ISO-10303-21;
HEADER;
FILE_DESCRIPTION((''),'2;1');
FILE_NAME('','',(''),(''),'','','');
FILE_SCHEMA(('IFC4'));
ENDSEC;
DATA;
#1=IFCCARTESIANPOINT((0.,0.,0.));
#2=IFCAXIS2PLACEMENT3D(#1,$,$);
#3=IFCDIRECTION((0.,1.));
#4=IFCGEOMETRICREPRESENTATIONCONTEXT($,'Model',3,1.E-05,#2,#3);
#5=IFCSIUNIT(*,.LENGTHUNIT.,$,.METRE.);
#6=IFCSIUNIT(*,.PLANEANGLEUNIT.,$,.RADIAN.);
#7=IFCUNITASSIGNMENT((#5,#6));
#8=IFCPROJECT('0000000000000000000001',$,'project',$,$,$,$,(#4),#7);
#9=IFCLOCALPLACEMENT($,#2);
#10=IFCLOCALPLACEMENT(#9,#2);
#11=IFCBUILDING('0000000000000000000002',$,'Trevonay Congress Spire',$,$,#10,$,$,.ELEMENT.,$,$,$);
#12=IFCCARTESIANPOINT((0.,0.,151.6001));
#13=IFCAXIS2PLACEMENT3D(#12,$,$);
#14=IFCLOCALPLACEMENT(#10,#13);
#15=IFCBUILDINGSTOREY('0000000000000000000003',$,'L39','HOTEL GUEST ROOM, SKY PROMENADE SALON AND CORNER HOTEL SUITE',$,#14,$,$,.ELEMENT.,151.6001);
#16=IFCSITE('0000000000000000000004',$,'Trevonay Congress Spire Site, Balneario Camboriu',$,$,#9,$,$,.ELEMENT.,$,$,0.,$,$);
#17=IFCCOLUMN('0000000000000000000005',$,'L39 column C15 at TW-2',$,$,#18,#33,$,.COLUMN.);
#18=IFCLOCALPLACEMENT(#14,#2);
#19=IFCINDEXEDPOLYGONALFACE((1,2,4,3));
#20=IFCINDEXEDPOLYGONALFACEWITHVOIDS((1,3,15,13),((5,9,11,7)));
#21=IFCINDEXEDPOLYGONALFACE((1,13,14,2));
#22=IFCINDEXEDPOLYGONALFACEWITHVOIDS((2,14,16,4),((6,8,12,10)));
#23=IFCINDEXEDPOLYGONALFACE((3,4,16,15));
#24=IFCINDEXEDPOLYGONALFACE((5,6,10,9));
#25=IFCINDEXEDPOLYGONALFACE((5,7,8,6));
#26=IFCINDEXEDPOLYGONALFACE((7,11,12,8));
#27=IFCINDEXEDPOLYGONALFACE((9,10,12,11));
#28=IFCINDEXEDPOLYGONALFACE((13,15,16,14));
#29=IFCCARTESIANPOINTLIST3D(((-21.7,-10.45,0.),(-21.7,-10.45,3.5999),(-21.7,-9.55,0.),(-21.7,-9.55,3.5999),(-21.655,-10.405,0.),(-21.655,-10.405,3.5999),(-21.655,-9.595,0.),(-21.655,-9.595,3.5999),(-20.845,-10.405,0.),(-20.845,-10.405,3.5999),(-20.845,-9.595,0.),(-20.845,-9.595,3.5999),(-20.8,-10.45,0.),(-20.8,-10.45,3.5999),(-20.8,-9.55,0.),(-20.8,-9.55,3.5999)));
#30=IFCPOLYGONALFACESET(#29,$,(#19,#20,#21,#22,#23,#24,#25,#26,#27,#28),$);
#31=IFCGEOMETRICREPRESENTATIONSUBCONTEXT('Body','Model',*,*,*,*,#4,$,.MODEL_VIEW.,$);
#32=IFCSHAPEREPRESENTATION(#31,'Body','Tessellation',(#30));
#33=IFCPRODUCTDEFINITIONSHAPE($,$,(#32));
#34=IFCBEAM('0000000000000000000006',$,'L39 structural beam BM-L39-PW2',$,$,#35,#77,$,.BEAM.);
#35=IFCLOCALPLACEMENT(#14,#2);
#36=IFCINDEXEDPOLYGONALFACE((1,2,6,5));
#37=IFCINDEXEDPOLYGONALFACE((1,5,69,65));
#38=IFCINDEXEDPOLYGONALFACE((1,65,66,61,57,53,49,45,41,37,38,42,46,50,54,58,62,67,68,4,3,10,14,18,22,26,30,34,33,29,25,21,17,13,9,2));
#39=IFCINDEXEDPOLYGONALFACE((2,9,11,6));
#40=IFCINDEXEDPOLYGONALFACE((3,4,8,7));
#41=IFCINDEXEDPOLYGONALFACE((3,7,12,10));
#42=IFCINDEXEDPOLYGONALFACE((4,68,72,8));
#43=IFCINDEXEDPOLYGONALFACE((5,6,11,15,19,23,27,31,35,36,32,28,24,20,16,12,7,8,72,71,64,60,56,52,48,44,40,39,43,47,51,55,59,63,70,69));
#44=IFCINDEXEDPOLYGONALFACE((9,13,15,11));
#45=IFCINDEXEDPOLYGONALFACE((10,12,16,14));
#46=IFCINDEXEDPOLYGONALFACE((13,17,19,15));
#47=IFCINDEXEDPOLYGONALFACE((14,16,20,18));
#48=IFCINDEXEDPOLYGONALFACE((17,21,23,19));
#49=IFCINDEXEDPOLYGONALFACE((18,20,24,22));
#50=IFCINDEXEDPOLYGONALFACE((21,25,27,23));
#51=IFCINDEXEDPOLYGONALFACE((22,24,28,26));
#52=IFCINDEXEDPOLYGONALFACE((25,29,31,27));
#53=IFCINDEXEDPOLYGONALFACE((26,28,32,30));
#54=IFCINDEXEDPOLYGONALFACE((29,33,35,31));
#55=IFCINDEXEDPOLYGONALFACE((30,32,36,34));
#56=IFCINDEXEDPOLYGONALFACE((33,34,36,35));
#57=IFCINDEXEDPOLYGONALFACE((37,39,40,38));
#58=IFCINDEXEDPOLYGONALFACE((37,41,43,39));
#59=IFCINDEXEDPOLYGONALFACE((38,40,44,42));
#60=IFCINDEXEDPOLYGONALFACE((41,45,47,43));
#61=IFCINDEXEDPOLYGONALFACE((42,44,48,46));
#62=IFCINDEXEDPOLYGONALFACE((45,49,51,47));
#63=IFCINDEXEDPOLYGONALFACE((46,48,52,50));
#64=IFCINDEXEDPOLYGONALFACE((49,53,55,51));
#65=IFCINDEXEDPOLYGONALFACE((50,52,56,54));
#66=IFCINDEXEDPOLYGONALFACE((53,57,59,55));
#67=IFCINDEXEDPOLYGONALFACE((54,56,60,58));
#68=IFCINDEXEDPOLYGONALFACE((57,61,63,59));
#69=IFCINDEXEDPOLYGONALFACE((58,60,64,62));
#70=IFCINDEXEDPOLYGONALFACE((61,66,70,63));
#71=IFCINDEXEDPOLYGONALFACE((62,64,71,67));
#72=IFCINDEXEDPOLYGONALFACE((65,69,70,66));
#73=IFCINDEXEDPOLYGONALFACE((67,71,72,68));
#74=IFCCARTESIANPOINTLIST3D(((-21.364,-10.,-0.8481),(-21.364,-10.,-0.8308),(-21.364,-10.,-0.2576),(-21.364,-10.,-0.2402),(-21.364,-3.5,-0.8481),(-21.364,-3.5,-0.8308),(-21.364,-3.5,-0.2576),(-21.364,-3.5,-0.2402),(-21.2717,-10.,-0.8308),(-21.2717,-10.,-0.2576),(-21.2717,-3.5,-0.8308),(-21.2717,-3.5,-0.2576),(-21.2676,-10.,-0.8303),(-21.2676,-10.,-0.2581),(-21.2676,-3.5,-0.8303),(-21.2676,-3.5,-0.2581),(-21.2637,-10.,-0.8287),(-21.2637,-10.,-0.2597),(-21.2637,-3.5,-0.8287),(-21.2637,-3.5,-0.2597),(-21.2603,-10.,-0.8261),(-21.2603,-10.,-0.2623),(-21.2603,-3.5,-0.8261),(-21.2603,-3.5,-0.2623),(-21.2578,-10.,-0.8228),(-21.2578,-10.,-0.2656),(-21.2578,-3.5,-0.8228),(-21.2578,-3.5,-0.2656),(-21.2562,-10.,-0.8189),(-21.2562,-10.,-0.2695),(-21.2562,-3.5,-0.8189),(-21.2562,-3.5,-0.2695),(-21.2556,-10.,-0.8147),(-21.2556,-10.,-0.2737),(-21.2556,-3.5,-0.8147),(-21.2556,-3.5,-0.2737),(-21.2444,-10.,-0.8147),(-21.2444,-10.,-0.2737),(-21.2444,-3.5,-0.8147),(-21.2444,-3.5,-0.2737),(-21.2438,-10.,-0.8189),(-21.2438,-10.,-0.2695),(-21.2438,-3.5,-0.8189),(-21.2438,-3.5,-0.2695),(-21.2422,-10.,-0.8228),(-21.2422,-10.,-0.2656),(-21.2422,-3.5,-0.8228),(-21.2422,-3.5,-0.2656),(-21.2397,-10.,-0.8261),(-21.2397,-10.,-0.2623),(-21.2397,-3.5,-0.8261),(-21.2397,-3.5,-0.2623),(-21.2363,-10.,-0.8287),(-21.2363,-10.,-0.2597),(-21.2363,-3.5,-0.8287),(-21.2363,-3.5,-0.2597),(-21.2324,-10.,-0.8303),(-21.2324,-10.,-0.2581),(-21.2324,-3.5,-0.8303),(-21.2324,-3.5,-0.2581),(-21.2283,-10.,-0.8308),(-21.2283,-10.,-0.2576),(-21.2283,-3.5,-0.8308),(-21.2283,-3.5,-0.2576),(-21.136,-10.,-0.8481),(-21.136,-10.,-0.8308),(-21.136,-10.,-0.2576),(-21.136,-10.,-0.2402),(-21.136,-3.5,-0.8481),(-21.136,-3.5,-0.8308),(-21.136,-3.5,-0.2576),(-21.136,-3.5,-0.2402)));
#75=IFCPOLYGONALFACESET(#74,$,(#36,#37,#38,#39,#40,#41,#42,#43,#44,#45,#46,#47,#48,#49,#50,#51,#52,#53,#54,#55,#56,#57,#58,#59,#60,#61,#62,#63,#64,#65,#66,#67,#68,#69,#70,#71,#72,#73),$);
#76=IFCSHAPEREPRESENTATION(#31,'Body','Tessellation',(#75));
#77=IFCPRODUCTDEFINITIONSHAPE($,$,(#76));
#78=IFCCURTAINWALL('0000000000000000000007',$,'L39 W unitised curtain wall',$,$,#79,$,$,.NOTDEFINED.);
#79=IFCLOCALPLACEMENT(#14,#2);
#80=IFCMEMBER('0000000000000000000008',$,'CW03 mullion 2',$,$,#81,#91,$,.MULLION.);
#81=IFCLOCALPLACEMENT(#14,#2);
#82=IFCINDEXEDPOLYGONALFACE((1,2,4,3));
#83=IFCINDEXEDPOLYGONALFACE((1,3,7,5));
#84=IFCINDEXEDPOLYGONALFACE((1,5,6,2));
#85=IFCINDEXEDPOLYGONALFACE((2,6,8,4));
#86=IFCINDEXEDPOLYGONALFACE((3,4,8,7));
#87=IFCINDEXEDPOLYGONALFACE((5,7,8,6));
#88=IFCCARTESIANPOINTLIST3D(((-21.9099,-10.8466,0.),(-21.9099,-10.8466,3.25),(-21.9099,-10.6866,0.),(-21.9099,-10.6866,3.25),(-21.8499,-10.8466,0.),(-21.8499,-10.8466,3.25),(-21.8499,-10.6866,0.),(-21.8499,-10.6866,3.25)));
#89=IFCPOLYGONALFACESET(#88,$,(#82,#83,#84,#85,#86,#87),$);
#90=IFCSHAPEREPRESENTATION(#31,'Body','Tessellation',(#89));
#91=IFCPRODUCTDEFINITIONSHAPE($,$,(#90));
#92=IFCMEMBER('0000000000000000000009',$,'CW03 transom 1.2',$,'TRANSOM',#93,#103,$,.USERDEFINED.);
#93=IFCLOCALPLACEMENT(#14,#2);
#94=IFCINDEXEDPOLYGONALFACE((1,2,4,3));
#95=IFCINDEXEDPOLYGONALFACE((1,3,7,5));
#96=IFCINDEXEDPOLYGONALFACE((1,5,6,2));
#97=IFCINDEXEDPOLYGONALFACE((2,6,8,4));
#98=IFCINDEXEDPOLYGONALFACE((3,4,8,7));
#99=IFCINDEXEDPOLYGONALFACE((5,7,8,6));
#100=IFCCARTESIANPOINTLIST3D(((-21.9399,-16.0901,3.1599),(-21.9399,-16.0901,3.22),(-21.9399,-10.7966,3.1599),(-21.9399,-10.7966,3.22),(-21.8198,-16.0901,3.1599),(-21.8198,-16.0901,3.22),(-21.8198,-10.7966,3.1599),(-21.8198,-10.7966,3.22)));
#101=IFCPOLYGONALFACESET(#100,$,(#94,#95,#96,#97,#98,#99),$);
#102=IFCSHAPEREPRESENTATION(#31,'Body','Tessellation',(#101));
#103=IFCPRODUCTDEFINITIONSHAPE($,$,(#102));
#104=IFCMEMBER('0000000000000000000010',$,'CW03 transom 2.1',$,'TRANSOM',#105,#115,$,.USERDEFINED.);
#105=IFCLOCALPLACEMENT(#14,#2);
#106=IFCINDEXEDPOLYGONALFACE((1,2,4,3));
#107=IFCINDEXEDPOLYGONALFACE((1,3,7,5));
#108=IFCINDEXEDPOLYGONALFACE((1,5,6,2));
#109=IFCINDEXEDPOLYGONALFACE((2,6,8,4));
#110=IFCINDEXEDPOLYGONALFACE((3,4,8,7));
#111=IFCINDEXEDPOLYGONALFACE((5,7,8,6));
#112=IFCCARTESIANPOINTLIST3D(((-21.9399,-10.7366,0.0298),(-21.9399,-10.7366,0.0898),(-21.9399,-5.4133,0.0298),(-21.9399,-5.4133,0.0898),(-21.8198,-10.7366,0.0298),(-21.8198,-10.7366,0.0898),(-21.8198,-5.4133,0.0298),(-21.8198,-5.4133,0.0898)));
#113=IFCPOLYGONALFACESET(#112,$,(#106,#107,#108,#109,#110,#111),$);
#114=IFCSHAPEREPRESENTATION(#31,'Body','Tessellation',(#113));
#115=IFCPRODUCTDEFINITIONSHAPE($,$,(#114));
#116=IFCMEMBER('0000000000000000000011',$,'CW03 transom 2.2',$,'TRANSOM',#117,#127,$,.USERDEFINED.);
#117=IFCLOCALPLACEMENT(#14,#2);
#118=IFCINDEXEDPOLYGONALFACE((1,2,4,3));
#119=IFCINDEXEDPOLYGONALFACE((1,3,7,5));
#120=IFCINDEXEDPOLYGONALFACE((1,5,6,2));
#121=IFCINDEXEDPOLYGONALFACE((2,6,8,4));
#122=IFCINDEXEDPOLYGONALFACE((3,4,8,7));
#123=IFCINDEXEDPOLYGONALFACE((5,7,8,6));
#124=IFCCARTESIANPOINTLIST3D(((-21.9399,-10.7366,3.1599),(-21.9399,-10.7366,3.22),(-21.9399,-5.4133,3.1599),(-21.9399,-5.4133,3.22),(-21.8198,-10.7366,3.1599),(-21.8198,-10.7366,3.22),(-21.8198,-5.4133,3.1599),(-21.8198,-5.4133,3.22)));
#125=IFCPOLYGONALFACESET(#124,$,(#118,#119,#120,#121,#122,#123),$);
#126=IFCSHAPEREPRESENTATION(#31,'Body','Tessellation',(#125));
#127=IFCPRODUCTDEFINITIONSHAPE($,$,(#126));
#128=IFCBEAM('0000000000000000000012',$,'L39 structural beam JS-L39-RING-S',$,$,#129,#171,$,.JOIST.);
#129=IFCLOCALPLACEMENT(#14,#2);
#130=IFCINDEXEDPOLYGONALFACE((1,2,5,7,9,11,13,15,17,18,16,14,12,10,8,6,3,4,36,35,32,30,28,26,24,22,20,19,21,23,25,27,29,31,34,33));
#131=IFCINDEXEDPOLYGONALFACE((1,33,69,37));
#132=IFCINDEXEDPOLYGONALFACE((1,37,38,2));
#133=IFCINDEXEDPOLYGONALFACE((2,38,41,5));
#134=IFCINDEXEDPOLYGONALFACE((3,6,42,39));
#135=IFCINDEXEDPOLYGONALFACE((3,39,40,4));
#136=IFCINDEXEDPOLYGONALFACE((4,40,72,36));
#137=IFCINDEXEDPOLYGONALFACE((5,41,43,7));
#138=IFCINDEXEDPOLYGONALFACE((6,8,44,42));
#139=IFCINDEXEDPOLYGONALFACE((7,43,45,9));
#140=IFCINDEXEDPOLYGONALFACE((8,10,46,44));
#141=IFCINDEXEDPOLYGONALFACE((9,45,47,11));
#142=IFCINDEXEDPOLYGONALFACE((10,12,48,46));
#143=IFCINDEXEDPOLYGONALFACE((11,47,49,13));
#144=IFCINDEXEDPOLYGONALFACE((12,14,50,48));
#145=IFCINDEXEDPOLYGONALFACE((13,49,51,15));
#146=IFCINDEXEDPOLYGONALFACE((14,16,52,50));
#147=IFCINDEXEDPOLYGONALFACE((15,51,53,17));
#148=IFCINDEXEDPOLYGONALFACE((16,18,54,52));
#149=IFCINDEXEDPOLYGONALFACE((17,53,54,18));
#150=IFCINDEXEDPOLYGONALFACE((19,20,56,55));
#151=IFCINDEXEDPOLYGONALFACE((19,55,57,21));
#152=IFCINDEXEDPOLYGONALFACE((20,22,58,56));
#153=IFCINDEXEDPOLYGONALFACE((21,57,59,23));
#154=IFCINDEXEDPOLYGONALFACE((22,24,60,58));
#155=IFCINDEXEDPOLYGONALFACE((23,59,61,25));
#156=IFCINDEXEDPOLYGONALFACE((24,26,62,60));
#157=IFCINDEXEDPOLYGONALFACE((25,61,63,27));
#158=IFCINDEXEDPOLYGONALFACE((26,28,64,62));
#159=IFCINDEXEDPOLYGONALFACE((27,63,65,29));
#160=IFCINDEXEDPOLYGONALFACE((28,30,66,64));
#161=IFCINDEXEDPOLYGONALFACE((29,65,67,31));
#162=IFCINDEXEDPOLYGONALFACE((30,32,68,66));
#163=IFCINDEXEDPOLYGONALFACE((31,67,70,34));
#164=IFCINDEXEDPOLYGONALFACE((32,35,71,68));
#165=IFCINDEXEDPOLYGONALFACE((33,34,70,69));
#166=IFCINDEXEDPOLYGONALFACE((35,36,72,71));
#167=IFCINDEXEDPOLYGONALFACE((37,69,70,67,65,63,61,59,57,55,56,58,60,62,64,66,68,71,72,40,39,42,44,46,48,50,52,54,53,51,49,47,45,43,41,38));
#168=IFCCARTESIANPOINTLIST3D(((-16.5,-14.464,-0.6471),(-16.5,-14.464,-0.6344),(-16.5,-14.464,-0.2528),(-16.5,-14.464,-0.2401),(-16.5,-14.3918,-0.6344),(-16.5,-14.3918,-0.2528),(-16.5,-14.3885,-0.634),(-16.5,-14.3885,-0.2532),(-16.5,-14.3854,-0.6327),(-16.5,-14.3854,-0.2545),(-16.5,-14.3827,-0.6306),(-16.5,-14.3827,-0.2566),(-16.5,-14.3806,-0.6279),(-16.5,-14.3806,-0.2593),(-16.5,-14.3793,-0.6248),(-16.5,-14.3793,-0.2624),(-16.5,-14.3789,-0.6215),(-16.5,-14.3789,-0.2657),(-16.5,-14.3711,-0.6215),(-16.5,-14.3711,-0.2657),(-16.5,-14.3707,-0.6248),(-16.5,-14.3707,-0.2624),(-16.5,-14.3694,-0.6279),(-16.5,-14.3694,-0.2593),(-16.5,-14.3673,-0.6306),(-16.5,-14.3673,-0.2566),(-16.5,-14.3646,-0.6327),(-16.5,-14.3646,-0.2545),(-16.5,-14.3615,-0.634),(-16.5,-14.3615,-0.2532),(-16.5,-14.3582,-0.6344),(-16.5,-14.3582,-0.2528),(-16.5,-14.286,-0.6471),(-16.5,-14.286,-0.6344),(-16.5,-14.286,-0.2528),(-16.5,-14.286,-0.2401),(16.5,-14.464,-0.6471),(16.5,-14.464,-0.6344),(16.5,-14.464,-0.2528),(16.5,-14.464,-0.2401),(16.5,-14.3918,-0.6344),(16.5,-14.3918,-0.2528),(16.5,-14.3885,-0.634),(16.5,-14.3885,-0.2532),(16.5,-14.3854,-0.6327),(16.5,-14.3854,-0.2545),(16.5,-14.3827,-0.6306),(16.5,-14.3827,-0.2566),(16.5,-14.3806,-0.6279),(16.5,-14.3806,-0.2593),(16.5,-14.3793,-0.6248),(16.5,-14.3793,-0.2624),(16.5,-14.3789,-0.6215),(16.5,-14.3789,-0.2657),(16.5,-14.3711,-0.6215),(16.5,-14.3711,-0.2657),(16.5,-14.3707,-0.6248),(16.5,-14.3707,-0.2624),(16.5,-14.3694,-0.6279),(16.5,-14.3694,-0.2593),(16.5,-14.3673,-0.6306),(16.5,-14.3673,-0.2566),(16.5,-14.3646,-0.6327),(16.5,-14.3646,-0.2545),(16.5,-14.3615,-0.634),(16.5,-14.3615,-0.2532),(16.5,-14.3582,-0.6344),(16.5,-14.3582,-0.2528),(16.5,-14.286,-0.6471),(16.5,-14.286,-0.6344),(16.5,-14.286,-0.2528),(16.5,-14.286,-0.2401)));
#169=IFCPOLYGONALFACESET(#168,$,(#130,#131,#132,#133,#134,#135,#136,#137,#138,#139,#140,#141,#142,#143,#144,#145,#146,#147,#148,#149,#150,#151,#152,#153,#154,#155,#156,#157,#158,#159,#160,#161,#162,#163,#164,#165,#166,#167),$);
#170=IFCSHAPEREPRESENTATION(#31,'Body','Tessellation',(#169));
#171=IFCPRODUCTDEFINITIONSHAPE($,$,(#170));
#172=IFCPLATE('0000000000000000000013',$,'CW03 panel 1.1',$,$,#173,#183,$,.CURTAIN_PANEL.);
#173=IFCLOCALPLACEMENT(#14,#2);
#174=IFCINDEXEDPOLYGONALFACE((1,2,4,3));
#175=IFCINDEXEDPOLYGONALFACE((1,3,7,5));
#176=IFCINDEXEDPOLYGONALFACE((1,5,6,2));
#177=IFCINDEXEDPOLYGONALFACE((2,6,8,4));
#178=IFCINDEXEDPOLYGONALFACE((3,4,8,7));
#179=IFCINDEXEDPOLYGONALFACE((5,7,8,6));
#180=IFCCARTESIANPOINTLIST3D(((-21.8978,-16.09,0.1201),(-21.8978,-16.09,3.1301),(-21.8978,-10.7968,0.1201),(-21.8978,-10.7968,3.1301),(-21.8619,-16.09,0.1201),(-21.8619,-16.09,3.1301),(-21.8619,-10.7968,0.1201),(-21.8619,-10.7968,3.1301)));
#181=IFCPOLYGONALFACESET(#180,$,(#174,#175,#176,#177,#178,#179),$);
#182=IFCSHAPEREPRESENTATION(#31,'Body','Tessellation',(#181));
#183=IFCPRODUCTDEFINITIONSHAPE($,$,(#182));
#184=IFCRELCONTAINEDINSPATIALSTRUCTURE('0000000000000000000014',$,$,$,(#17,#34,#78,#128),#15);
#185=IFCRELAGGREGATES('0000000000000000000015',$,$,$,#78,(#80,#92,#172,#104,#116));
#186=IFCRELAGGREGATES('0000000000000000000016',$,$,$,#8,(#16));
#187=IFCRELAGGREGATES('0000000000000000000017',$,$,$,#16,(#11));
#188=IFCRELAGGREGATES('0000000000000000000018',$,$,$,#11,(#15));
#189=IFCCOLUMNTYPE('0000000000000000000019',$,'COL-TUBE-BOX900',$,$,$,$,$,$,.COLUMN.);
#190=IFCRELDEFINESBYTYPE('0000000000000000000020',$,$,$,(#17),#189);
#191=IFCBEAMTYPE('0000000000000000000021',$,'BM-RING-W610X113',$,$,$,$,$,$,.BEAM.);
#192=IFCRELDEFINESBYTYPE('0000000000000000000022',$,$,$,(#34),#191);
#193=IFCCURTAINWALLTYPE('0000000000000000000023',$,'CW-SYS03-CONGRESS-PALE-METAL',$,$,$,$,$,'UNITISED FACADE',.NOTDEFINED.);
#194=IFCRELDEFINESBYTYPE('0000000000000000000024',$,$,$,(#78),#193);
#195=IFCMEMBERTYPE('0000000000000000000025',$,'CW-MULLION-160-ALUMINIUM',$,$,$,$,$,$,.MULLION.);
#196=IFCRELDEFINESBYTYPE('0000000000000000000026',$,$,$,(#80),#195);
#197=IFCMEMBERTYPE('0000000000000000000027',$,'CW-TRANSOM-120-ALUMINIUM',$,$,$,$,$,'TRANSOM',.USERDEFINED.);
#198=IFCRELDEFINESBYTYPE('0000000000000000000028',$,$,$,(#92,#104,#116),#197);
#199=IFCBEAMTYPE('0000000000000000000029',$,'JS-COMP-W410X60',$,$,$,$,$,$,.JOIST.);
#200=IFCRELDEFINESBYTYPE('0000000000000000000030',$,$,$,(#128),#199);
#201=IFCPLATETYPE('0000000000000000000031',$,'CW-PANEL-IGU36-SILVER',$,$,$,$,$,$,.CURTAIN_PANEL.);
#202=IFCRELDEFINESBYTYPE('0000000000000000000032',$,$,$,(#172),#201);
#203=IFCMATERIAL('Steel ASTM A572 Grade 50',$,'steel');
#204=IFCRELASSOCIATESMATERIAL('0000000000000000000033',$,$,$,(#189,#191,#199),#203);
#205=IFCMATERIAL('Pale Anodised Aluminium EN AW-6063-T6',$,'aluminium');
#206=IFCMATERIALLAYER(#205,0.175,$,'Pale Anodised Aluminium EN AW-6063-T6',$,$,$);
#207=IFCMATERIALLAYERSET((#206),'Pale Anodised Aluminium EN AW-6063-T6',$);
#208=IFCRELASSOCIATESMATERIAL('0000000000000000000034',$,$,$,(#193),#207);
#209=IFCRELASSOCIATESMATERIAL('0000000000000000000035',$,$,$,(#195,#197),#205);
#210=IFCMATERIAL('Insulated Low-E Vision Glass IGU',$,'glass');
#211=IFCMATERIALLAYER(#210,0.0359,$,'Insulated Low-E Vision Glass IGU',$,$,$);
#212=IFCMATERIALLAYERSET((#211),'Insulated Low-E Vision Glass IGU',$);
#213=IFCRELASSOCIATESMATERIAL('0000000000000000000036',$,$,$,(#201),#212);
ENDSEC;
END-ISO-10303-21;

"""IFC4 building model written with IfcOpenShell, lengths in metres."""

from ifc_helpers import new_model, si_unit, direction, frame, origin, origin_2d, place, context, subcontext, project, spatial, rectangle, hollow_rectangle, i_section, extrude, material, layer, layer_set, material_profile, profile_set, type_object, element, aggregate, save


model = new_model("IFC4")

# Units and contexts
model_context = context("Model", 3, precision=1e-05, world=origin(), true_north=direction((0.0, 1.0)))
body_context = subcontext(model_context, "Body", "Model", "MODEL_VIEW")
ifc_project = project(units=[si_unit("LENGTHUNIT", "METRE"), si_unit("PLANEANGLEUNIT", "RADIAN")], contexts=[model_context])

# Site, building, storey
site_placement = place(None, origin())
site = spatial("IfcSite", under=ifc_project, at=site_placement, Name="Trevonay Congress Spire Site, Balneario Camboriu", CompositionType="ELEMENT", RefElevation=0.0)
building_placement = place(site_placement, origin())
building = spatial("IfcBuilding", under=site, at=building_placement, Name="Trevonay Congress Spire", CompositionType="ELEMENT")
storey_placement = place(building_placement, frame((0.0, 0.0, 151.6001)))
storey = spatial("IfcBuildingStorey", under=building, at=storey_placement, Name="L39", Description="HOTEL GUEST ROOM, SKY PROMENADE SALON AND CORNER HOTEL SUITE", CompositionType="ELEMENT", Elevation=151.6001)

# Column
ifc_material_1 = material(Name="Steel ASTM A572 Grade 50", Category="steel")
ifc_material_profile_1 = material_profile(ifc_material_1, hollow_rectangle(XDim=0.8999, YDim=0.8999, WallThickness=0.0449, at=origin_2d()), Name="BOX 900x900x45")
ifc_profile_set_1 = profile_set([ifc_material_profile_1], Name="Steel ASTM A572 Grade 50")
column_type = type_object("IfcColumnType", Name="COL-TUBE-BOX900", PredefinedType="COLUMN", material=ifc_profile_set_1)
column_placement = place(storey_placement, frame((-21.25, -10.0, 0.0), z_axis=(0.0, 0.0, 1.0), x_axis=(1.0, 0.0, 0.0)))
element("IfcColumn", 1, at=column_placement, inside=storey, type_object=column_type, Name="L39 column C15 at TW-2", PredefinedType="COLUMN", context=body_context, shape_type="SweptSolid", body=[
    extrude(hollow_rectangle(XDim=0.8999, YDim=0.8999, WallThickness=0.0449, at=origin_2d()), origin(), (0.0, 0.0, 1.0), 3.5999),
])

# Beam
ifc_material_profile_2 = material_profile(ifc_material_1, i_section(OverallWidth=0.228, OverallDepth=0.6079, WebThickness=0.0112, FlangeThickness=0.0173, FilletRadius=0.0161, at=origin_2d()), Name="W610x113")
ifc_profile_set_2 = profile_set([ifc_material_profile_2], Name="Steel ASTM A572 Grade 50")
beam_type_1 = type_object("IfcBeamType", Name="BM-RING-W610X113", PredefinedType="BEAM", material=ifc_profile_set_2)
beam_1_placement = place(storey_placement, frame((-21.25, -10.0, -0.5442), z_axis=(0.0, 1.0, 0.0), x_axis=(-1.0, 0.0, 0.0)))
element("IfcBeam", 2, at=beam_1_placement, inside=storey, type_object=beam_type_1, Name="L39 structural beam BM-L39-PW2", PredefinedType="BEAM", context=body_context, shape_type="SweptSolid", body=[
    extrude(i_section(OverallWidth=0.228, OverallDepth=0.6079, WebThickness=0.0112, FlangeThickness=0.0173, FilletRadius=0.0161, at=origin_2d()), origin(), (0.0, 0.0, 1.0), 6.5),
])

# Curtain wall, members
ifc_material_2 = material(Name="Pale Anodised Aluminium EN AW-6063-T6", Category="aluminium")
ifc_layer_1 = layer(ifc_material_2, 0.175, Name="Pale Anodised Aluminium EN AW-6063-T6")
ifc_layer_set_1 = layer_set([ifc_layer_1], Name="Pale Anodised Aluminium EN AW-6063-T6")
curtain_wall_type = type_object("IfcCurtainWallType", Name="CW-SYS03-CONGRESS-PALE-METAL", ElementType="UNITISED FACADE", PredefinedType="NOTDEFINED", material=ifc_layer_set_1)
curtain_wall_placement = place(storey_placement, origin())
curtain_wall = element("IfcCurtainWall", 3, at=curtain_wall_placement, inside=storey, type_object=curtain_wall_type, Name="L39 W unitised curtain wall", PredefinedType="NOTDEFINED")
ifc_material_profile_3 = material_profile(ifc_material_2, rectangle(XDim=0.0601, YDim=0.1599, at=origin_2d()), Name="CW-MULLION-160-ALUMINIUM")
ifc_profile_set_3 = profile_set([ifc_material_profile_3], Name="Pale Anodised Aluminium EN AW-6063-T6")
member_type_1 = type_object("IfcMemberType", Name="CW-MULLION-160-ALUMINIUM", PredefinedType="MULLION", material=ifc_profile_set_3)
member_1_placement = place(storey_placement, frame((-21.8799, -10.7666, 0.0), z_axis=(0.0, 0.0, 1.0), x_axis=(-1.0, 0.0, 0.0)))
member_1 = element("IfcMember", 4, at=member_1_placement, type_object=member_type_1, Name="CW03 mullion 2", PredefinedType="MULLION", context=body_context, shape_type="SweptSolid", body=[
    extrude(rectangle(XDim=0.0601, YDim=0.1599, at=origin_2d()), origin(), (0.0, 0.0, 1.0), 3.25),
])
ifc_material_profile_4 = material_profile(ifc_material_2, rectangle(XDim=0.1201, YDim=0.0601, at=origin_2d()), Name="CW-TRANSOM-120-ALUMINIUM")
ifc_profile_set_4 = profile_set([ifc_material_profile_4], Name="Pale Anodised Aluminium EN AW-6063-T6")
member_type_2 = type_object("IfcMemberType", Name="CW-TRANSOM-120-ALUMINIUM", ElementType="TRANSOM", PredefinedType="USERDEFINED", material=ifc_profile_set_4)
member_2_placement = place(storey_placement, frame((-21.8799, -16.0901, 3.1899), z_axis=(0.0, 1.0, 0.0), x_axis=(-1.0, 0.0, 0.0)))
member_2 = element("IfcMember", 5, at=member_2_placement, type_object=member_type_2, Name="CW03 transom 1.2", ObjectType="TRANSOM", PredefinedType="USERDEFINED", context=body_context, shape_type="SweptSolid", body=[
    extrude(rectangle(XDim=0.1201, YDim=0.0601, at=origin_2d()), origin(), (0.0, 0.0, 1.0), 5.2935),
])
member_3_placement = place(storey_placement, frame((-21.8799, -10.7366, 0.0598), z_axis=(0.0, 1.0, 0.0), x_axis=(-1.0, 0.0, 0.0)))
member_3 = element("IfcMember", 6, at=member_3_placement, type_object=member_type_2, Name="CW03 transom 2.1", ObjectType="TRANSOM", PredefinedType="USERDEFINED", context=body_context, shape_type="SweptSolid", body=[
    extrude(rectangle(XDim=0.1201, YDim=0.0601, at=origin_2d()), origin(), (0.0, 0.0, 1.0), 5.3232),
])
member_4_placement = place(storey_placement, frame((-21.8799, -10.7366, 3.1899), z_axis=(0.0, 1.0, 0.0), x_axis=(-1.0, 0.0, 0.0)))
member_4 = element("IfcMember", 7, at=member_4_placement, type_object=member_type_2, Name="CW03 transom 2.2", ObjectType="TRANSOM", PredefinedType="USERDEFINED", context=body_context, shape_type="SweptSolid", body=[
    extrude(rectangle(XDim=0.1201, YDim=0.0601, at=origin_2d()), origin(), (0.0, 0.0, 1.0), 5.3232),
])

# Beam
ifc_material_profile_5 = material_profile(ifc_material_1, i_section(OverallWidth=0.178, OverallDepth=0.407, WebThickness=0.0078, FlangeThickness=0.0127, FilletRadius=0.0129, at=origin_2d()), Name="W410x60")
ifc_profile_set_5 = profile_set([ifc_material_profile_5], Name="Steel ASTM A572 Grade 50")
beam_type_2 = type_object("IfcBeamType", Name="JS-COMP-W410X60", PredefinedType="JOIST", material=ifc_profile_set_5)
beam_2_placement = place(storey_placement, frame((-16.5, -14.375, -0.4436), z_axis=(1.0, 0.0, 0.0), x_axis=(0.0, 1.0, 0.0)))
element("IfcBeam", 8, at=beam_2_placement, inside=storey, type_object=beam_type_2, Name="L39 structural beam JS-L39-RING-S", PredefinedType="JOIST", context=body_context, shape_type="SweptSolid", body=[
    extrude(i_section(OverallWidth=0.178, OverallDepth=0.407, WebThickness=0.0078, FlangeThickness=0.0127, FilletRadius=0.0129, at=origin_2d()), origin(), (0.0, 0.0, 1.0), 33.0),
])

# Plate
ifc_material_3 = material(Name="Insulated Low-E Vision Glass IGU", Category="glass")
ifc_layer_2 = layer(ifc_material_3, 0.0359, Name="Insulated Low-E Vision Glass IGU")
ifc_layer_set_2 = layer_set([ifc_layer_2], Name="Insulated Low-E Vision Glass IGU")
plate_type = type_object("IfcPlateType", Name="CW-PANEL-IGU36-SILVER", PredefinedType="CURTAIN_PANEL", material=ifc_layer_set_2)
plate_placement = place(storey_placement, frame((-21.8799, -13.4434, 0.1201), z_axis=(0.0, 0.0, 1.0), x_axis=(0.0, 1.0, 0.0)))
plate = element("IfcPlate", 9, at=plate_placement, type_object=plate_type, Name="CW03 panel 1.1", PredefinedType="CURTAIN_PANEL", context=body_context, shape_type="SweptSolid", body=[
    extrude(rectangle(XDim=5.2932, YDim=0.0359, at=origin_2d()), origin(), (0.0, 0.0, 1.0), 3.01),
])
aggregate(curtain_wall, [member_1, member_2, plate, member_3, member_4])

save(model, "model.ifc")
